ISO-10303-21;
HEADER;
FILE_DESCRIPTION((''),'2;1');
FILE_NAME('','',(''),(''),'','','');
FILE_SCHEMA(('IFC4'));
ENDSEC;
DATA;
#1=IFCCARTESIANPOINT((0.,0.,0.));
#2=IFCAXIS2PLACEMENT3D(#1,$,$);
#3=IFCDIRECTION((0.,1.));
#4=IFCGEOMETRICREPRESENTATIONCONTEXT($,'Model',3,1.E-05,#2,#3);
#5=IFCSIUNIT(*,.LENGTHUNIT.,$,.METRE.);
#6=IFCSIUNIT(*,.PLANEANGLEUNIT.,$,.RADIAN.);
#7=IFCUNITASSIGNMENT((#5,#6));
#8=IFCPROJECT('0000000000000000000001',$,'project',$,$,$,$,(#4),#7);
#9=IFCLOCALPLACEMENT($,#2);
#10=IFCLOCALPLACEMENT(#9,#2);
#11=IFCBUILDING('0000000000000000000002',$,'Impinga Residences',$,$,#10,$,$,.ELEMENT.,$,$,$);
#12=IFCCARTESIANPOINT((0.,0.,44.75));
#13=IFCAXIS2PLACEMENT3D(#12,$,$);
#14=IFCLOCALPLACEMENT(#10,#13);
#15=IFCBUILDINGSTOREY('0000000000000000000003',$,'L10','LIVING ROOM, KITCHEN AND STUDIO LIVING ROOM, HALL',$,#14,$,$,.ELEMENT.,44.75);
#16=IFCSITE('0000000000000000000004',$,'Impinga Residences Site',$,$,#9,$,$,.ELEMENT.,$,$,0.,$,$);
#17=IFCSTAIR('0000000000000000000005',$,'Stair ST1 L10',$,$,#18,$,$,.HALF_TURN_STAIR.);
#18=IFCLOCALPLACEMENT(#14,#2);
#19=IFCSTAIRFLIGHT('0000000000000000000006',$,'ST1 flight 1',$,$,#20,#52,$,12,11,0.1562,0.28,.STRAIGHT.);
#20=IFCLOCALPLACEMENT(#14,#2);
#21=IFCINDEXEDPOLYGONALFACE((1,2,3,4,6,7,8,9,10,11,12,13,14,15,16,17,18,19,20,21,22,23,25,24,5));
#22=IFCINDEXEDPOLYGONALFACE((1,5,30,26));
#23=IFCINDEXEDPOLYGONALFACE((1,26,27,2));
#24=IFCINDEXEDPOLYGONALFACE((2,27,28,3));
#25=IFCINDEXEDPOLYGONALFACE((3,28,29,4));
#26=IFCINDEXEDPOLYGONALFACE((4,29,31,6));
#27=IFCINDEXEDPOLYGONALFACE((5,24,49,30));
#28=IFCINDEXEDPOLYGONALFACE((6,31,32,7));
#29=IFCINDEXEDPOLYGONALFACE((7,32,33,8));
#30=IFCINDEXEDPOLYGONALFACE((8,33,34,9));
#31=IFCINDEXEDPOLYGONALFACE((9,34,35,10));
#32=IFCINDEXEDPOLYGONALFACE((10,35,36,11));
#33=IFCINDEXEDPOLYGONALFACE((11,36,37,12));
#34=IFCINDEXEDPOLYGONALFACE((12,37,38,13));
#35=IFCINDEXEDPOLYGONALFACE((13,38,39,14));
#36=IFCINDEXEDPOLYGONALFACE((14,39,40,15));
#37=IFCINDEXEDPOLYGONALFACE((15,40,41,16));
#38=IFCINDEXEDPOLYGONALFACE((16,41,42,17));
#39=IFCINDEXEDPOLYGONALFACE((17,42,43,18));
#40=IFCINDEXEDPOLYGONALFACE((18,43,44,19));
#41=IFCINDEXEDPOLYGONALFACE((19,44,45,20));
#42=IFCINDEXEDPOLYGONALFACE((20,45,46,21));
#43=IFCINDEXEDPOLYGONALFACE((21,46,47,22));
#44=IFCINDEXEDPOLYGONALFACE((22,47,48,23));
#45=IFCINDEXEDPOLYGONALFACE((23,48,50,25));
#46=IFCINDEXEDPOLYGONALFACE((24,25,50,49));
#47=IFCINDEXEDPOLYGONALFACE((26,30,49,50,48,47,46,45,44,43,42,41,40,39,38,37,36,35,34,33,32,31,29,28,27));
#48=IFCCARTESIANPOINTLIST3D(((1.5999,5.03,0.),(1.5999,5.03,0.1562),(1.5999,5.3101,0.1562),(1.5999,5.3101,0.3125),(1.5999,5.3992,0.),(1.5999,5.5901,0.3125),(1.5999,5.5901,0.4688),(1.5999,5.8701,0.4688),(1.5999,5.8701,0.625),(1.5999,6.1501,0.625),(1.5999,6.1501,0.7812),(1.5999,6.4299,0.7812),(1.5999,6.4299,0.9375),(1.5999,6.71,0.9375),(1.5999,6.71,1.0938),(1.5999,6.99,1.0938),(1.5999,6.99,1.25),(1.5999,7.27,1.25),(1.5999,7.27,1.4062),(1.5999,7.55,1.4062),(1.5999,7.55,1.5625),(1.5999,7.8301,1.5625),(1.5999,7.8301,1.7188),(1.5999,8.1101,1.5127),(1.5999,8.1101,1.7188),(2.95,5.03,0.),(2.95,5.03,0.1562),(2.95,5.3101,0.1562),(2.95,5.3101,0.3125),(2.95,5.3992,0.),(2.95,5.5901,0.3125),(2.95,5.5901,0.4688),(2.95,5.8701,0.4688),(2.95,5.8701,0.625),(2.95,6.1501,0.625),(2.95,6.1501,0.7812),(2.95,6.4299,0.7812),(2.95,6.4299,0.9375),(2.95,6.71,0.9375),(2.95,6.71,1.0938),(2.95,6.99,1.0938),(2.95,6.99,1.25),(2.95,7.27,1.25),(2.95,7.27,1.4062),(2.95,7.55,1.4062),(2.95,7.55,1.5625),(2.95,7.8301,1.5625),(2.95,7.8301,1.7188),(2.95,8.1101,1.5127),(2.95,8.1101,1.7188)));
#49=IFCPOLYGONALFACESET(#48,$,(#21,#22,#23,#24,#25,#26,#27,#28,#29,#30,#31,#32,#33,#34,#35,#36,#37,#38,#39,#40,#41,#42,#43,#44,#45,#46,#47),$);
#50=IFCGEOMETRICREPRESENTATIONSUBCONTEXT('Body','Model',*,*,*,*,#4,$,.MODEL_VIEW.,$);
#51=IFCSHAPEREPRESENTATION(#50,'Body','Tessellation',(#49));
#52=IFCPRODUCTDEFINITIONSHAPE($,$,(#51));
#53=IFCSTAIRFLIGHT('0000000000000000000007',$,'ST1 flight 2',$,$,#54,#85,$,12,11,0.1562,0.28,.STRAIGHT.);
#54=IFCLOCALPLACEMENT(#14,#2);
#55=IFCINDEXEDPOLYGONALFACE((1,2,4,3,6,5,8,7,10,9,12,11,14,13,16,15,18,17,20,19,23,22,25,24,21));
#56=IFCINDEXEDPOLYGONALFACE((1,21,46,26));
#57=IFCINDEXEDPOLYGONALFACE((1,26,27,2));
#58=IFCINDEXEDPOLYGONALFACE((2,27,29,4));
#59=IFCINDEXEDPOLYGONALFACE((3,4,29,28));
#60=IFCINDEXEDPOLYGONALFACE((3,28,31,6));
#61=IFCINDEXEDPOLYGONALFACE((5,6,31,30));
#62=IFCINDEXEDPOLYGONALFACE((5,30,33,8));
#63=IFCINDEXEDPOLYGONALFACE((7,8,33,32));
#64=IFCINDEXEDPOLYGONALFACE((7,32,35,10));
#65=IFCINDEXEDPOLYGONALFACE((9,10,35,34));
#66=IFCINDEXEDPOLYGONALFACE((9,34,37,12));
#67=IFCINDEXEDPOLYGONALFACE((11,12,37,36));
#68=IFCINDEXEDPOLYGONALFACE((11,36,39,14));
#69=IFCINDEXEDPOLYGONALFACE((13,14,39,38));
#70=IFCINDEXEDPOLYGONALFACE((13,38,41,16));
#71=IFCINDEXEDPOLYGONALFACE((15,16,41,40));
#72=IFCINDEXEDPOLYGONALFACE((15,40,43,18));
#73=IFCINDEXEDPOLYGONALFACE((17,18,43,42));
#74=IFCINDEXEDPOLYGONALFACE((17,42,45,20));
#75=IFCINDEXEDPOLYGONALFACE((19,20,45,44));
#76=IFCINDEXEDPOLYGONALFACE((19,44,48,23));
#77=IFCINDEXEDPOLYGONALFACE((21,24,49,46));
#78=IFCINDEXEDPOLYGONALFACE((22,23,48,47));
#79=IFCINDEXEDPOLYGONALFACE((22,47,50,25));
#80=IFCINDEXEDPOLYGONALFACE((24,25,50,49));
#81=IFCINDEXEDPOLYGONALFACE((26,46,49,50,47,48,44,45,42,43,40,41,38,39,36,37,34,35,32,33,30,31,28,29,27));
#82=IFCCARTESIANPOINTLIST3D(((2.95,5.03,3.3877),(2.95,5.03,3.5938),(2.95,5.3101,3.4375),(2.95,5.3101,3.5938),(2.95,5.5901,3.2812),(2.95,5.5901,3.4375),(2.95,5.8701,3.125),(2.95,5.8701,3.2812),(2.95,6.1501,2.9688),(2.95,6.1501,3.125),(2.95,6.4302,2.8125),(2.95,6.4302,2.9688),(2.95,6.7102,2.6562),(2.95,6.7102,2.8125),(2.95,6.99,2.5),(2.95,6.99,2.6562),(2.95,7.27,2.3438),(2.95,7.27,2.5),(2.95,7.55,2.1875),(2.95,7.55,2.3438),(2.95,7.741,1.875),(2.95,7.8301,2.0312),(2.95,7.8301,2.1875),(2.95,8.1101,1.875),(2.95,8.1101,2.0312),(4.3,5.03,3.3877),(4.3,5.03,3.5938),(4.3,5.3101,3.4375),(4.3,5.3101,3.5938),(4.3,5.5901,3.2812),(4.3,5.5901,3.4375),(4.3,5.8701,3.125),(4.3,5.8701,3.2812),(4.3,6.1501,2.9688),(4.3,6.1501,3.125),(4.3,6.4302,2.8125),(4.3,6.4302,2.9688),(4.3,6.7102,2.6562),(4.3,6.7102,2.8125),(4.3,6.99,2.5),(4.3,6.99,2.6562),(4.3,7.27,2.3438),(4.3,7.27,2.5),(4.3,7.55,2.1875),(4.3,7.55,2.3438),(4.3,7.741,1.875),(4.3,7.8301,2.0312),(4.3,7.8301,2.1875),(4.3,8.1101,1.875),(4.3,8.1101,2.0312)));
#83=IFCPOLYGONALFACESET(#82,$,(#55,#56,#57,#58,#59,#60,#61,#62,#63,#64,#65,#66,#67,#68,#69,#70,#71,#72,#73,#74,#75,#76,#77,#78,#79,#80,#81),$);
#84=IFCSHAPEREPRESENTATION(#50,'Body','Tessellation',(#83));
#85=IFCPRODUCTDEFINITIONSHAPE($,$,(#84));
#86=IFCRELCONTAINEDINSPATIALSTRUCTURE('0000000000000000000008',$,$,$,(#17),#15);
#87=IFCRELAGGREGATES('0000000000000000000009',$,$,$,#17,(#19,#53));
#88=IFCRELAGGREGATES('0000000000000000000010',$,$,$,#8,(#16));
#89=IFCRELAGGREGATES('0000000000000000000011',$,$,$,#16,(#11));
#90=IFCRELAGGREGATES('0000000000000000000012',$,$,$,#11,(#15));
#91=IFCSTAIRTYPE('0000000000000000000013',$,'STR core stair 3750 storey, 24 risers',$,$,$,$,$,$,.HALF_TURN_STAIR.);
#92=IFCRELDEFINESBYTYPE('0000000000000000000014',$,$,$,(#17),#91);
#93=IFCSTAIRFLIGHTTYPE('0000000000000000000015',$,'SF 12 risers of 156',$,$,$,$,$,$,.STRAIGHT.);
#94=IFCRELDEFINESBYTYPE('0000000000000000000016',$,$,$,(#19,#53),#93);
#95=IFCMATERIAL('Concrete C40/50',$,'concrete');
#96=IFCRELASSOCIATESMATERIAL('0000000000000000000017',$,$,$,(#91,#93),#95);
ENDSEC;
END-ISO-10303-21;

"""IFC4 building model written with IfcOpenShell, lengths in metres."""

from ifc_helpers import new_model, si_unit, direction, frame, origin, place, context, subcontext, project, spatial, polyline, outline, extrude, material, type_object, element, aggregate, save


model = new_model("IFC4")

# Units and contexts
model_context = context("Model", 3, precision=1e-05, world=origin(), true_north=direction((0.0, 1.0)))
body_context = subcontext(model_context, "Body", "Model", "MODEL_VIEW")
ifc_project = project(units=[si_unit("LENGTHUNIT", "METRE"), si_unit("PLANEANGLEUNIT", "RADIAN")], contexts=[model_context])

# Site, building, storey
site_placement = place(None, origin())
site = spatial("IfcSite", under=ifc_project, at=site_placement, Name="Impinga Residences Site", CompositionType="ELEMENT", RefElevation=0.0)
building_placement = place(site_placement, origin())
building = spatial("IfcBuilding", under=site, at=building_placement, Name="Impinga Residences", CompositionType="ELEMENT")
storey_placement = place(building_placement, frame((0.0, 0.0, 44.75)))
storey = spatial("IfcBuildingStorey", under=building, at=storey_placement, Name="L10", Description="LIVING ROOM, KITCHEN AND STUDIO LIVING ROOM, HALL", CompositionType="ELEMENT", Elevation=44.75)

# Stair, stair flights
ifc_material_1 = material(Name="Concrete C40/50", Category="concrete")
stair_type = type_object("IfcStairType", Name="STR core stair 3750 storey, 24 risers", PredefinedType="HALF_TURN_STAIR", material=ifc_material_1)
stair_placement = place(storey_placement, origin())
stair = element("IfcStair", 1, at=stair_placement, inside=storey, type_object=stair_type, Name="Stair ST1 L10", PredefinedType="HALF_TURN_STAIR")
stair_flight_type = type_object("IfcStairFlightType", Name="SF 12 risers of 156", PredefinedType="STRAIGHT", material=ifc_material_1)
stair_flight_1_placement = place(storey_placement, frame((2.2749, 5.03, 0.0), z_axis=(0.0, 0.0, 1.0), x_axis=(0.0, 1.0, 0.0)))
stair_flight_1 = element("IfcStairFlight", 2, at=stair_flight_1_placement, type_object=stair_flight_type, Name="ST1 flight 1", NumberOfRisers=12, NumberOfTreads=11, PredefinedType="STRAIGHT", RiserHeight=0.1562, TreadLength=0.28, context=body_context, shape_type="SweptSolid", body=[
    extrude(outline(polyline([(0.0, 0.0), (0.0, 0.1562), (0.28, 0.1562), (0.28, 0.3125), (0.5601, 0.3125), (0.5601, 0.4688), (0.8401, 0.4688), (0.8401, 0.625), (1.1201, 0.625), (1.1201, 0.7812), (1.3999, 0.7812), (1.3999, 0.9375), (1.6799, 0.9375), (1.6799, 1.0938), (1.96, 1.0938), (1.96, 1.25), (2.24, 1.25), (2.24, 1.4062), (2.52, 1.4062), (2.52, 1.5625), (2.8, 1.5625), (2.8, 1.7188), (3.0801, 1.7188), (3.0801, 1.875), (3.0801, 1.5127), (0.3691, 0.0), (0.0, 0.0)])), frame((0.0, 0.675, 0.0), z_axis=(0.0, -1.0, 0.0), x_axis=(1.0, 0.0, 0.0)), (0.0, 0.0, 1.0), 1.3501),
])
stair_flight_2_placement = place(storey_placement, frame((3.625, 8.1101, 1.875), z_axis=(0.0, 0.0, 1.0), x_axis=(0.0, -1.0, 0.0)))
stair_flight_2 = element("IfcStairFlight", 3, at=stair_flight_2_placement, type_object=stair_flight_type, Name="ST1 flight 2", NumberOfRisers=12, NumberOfTreads=11, PredefinedType="STRAIGHT", RiserHeight=0.1562, TreadLength=0.28, context=body_context, shape_type="SweptSolid", body=[
    extrude(outline(polyline([(0.0, 0.0), (0.0, 0.1562), (0.28, 0.1562), (0.28, 0.3125), (0.5601, 0.3125), (0.5601, 0.4688), (0.8401, 0.4688), (0.8401, 0.625), (1.1201, 0.625), (1.1201, 0.7812), (1.3999, 0.7812), (1.3999, 0.9375), (1.6799, 0.9375), (1.6799, 1.0938), (1.96, 1.0938), (1.96, 1.25), (2.24, 1.25), (2.24, 1.4062), (2.52, 1.4062), (2.52, 1.5625), (2.8, 1.5625), (2.8, 1.7188), (3.0801, 1.7188), (3.0801, 1.875), (3.0801, 1.5127), (0.3691, 0.0), (0.0, 0.0)])), frame((0.0, 0.675, 0.0), z_axis=(0.0, -1.0, 0.0), x_axis=(1.0, 0.0, 0.0)), (0.0, 0.0, 1.0), 1.3501),
])
aggregate(stair, [stair_flight_1, stair_flight_2])

save(model, "model.ifc")
